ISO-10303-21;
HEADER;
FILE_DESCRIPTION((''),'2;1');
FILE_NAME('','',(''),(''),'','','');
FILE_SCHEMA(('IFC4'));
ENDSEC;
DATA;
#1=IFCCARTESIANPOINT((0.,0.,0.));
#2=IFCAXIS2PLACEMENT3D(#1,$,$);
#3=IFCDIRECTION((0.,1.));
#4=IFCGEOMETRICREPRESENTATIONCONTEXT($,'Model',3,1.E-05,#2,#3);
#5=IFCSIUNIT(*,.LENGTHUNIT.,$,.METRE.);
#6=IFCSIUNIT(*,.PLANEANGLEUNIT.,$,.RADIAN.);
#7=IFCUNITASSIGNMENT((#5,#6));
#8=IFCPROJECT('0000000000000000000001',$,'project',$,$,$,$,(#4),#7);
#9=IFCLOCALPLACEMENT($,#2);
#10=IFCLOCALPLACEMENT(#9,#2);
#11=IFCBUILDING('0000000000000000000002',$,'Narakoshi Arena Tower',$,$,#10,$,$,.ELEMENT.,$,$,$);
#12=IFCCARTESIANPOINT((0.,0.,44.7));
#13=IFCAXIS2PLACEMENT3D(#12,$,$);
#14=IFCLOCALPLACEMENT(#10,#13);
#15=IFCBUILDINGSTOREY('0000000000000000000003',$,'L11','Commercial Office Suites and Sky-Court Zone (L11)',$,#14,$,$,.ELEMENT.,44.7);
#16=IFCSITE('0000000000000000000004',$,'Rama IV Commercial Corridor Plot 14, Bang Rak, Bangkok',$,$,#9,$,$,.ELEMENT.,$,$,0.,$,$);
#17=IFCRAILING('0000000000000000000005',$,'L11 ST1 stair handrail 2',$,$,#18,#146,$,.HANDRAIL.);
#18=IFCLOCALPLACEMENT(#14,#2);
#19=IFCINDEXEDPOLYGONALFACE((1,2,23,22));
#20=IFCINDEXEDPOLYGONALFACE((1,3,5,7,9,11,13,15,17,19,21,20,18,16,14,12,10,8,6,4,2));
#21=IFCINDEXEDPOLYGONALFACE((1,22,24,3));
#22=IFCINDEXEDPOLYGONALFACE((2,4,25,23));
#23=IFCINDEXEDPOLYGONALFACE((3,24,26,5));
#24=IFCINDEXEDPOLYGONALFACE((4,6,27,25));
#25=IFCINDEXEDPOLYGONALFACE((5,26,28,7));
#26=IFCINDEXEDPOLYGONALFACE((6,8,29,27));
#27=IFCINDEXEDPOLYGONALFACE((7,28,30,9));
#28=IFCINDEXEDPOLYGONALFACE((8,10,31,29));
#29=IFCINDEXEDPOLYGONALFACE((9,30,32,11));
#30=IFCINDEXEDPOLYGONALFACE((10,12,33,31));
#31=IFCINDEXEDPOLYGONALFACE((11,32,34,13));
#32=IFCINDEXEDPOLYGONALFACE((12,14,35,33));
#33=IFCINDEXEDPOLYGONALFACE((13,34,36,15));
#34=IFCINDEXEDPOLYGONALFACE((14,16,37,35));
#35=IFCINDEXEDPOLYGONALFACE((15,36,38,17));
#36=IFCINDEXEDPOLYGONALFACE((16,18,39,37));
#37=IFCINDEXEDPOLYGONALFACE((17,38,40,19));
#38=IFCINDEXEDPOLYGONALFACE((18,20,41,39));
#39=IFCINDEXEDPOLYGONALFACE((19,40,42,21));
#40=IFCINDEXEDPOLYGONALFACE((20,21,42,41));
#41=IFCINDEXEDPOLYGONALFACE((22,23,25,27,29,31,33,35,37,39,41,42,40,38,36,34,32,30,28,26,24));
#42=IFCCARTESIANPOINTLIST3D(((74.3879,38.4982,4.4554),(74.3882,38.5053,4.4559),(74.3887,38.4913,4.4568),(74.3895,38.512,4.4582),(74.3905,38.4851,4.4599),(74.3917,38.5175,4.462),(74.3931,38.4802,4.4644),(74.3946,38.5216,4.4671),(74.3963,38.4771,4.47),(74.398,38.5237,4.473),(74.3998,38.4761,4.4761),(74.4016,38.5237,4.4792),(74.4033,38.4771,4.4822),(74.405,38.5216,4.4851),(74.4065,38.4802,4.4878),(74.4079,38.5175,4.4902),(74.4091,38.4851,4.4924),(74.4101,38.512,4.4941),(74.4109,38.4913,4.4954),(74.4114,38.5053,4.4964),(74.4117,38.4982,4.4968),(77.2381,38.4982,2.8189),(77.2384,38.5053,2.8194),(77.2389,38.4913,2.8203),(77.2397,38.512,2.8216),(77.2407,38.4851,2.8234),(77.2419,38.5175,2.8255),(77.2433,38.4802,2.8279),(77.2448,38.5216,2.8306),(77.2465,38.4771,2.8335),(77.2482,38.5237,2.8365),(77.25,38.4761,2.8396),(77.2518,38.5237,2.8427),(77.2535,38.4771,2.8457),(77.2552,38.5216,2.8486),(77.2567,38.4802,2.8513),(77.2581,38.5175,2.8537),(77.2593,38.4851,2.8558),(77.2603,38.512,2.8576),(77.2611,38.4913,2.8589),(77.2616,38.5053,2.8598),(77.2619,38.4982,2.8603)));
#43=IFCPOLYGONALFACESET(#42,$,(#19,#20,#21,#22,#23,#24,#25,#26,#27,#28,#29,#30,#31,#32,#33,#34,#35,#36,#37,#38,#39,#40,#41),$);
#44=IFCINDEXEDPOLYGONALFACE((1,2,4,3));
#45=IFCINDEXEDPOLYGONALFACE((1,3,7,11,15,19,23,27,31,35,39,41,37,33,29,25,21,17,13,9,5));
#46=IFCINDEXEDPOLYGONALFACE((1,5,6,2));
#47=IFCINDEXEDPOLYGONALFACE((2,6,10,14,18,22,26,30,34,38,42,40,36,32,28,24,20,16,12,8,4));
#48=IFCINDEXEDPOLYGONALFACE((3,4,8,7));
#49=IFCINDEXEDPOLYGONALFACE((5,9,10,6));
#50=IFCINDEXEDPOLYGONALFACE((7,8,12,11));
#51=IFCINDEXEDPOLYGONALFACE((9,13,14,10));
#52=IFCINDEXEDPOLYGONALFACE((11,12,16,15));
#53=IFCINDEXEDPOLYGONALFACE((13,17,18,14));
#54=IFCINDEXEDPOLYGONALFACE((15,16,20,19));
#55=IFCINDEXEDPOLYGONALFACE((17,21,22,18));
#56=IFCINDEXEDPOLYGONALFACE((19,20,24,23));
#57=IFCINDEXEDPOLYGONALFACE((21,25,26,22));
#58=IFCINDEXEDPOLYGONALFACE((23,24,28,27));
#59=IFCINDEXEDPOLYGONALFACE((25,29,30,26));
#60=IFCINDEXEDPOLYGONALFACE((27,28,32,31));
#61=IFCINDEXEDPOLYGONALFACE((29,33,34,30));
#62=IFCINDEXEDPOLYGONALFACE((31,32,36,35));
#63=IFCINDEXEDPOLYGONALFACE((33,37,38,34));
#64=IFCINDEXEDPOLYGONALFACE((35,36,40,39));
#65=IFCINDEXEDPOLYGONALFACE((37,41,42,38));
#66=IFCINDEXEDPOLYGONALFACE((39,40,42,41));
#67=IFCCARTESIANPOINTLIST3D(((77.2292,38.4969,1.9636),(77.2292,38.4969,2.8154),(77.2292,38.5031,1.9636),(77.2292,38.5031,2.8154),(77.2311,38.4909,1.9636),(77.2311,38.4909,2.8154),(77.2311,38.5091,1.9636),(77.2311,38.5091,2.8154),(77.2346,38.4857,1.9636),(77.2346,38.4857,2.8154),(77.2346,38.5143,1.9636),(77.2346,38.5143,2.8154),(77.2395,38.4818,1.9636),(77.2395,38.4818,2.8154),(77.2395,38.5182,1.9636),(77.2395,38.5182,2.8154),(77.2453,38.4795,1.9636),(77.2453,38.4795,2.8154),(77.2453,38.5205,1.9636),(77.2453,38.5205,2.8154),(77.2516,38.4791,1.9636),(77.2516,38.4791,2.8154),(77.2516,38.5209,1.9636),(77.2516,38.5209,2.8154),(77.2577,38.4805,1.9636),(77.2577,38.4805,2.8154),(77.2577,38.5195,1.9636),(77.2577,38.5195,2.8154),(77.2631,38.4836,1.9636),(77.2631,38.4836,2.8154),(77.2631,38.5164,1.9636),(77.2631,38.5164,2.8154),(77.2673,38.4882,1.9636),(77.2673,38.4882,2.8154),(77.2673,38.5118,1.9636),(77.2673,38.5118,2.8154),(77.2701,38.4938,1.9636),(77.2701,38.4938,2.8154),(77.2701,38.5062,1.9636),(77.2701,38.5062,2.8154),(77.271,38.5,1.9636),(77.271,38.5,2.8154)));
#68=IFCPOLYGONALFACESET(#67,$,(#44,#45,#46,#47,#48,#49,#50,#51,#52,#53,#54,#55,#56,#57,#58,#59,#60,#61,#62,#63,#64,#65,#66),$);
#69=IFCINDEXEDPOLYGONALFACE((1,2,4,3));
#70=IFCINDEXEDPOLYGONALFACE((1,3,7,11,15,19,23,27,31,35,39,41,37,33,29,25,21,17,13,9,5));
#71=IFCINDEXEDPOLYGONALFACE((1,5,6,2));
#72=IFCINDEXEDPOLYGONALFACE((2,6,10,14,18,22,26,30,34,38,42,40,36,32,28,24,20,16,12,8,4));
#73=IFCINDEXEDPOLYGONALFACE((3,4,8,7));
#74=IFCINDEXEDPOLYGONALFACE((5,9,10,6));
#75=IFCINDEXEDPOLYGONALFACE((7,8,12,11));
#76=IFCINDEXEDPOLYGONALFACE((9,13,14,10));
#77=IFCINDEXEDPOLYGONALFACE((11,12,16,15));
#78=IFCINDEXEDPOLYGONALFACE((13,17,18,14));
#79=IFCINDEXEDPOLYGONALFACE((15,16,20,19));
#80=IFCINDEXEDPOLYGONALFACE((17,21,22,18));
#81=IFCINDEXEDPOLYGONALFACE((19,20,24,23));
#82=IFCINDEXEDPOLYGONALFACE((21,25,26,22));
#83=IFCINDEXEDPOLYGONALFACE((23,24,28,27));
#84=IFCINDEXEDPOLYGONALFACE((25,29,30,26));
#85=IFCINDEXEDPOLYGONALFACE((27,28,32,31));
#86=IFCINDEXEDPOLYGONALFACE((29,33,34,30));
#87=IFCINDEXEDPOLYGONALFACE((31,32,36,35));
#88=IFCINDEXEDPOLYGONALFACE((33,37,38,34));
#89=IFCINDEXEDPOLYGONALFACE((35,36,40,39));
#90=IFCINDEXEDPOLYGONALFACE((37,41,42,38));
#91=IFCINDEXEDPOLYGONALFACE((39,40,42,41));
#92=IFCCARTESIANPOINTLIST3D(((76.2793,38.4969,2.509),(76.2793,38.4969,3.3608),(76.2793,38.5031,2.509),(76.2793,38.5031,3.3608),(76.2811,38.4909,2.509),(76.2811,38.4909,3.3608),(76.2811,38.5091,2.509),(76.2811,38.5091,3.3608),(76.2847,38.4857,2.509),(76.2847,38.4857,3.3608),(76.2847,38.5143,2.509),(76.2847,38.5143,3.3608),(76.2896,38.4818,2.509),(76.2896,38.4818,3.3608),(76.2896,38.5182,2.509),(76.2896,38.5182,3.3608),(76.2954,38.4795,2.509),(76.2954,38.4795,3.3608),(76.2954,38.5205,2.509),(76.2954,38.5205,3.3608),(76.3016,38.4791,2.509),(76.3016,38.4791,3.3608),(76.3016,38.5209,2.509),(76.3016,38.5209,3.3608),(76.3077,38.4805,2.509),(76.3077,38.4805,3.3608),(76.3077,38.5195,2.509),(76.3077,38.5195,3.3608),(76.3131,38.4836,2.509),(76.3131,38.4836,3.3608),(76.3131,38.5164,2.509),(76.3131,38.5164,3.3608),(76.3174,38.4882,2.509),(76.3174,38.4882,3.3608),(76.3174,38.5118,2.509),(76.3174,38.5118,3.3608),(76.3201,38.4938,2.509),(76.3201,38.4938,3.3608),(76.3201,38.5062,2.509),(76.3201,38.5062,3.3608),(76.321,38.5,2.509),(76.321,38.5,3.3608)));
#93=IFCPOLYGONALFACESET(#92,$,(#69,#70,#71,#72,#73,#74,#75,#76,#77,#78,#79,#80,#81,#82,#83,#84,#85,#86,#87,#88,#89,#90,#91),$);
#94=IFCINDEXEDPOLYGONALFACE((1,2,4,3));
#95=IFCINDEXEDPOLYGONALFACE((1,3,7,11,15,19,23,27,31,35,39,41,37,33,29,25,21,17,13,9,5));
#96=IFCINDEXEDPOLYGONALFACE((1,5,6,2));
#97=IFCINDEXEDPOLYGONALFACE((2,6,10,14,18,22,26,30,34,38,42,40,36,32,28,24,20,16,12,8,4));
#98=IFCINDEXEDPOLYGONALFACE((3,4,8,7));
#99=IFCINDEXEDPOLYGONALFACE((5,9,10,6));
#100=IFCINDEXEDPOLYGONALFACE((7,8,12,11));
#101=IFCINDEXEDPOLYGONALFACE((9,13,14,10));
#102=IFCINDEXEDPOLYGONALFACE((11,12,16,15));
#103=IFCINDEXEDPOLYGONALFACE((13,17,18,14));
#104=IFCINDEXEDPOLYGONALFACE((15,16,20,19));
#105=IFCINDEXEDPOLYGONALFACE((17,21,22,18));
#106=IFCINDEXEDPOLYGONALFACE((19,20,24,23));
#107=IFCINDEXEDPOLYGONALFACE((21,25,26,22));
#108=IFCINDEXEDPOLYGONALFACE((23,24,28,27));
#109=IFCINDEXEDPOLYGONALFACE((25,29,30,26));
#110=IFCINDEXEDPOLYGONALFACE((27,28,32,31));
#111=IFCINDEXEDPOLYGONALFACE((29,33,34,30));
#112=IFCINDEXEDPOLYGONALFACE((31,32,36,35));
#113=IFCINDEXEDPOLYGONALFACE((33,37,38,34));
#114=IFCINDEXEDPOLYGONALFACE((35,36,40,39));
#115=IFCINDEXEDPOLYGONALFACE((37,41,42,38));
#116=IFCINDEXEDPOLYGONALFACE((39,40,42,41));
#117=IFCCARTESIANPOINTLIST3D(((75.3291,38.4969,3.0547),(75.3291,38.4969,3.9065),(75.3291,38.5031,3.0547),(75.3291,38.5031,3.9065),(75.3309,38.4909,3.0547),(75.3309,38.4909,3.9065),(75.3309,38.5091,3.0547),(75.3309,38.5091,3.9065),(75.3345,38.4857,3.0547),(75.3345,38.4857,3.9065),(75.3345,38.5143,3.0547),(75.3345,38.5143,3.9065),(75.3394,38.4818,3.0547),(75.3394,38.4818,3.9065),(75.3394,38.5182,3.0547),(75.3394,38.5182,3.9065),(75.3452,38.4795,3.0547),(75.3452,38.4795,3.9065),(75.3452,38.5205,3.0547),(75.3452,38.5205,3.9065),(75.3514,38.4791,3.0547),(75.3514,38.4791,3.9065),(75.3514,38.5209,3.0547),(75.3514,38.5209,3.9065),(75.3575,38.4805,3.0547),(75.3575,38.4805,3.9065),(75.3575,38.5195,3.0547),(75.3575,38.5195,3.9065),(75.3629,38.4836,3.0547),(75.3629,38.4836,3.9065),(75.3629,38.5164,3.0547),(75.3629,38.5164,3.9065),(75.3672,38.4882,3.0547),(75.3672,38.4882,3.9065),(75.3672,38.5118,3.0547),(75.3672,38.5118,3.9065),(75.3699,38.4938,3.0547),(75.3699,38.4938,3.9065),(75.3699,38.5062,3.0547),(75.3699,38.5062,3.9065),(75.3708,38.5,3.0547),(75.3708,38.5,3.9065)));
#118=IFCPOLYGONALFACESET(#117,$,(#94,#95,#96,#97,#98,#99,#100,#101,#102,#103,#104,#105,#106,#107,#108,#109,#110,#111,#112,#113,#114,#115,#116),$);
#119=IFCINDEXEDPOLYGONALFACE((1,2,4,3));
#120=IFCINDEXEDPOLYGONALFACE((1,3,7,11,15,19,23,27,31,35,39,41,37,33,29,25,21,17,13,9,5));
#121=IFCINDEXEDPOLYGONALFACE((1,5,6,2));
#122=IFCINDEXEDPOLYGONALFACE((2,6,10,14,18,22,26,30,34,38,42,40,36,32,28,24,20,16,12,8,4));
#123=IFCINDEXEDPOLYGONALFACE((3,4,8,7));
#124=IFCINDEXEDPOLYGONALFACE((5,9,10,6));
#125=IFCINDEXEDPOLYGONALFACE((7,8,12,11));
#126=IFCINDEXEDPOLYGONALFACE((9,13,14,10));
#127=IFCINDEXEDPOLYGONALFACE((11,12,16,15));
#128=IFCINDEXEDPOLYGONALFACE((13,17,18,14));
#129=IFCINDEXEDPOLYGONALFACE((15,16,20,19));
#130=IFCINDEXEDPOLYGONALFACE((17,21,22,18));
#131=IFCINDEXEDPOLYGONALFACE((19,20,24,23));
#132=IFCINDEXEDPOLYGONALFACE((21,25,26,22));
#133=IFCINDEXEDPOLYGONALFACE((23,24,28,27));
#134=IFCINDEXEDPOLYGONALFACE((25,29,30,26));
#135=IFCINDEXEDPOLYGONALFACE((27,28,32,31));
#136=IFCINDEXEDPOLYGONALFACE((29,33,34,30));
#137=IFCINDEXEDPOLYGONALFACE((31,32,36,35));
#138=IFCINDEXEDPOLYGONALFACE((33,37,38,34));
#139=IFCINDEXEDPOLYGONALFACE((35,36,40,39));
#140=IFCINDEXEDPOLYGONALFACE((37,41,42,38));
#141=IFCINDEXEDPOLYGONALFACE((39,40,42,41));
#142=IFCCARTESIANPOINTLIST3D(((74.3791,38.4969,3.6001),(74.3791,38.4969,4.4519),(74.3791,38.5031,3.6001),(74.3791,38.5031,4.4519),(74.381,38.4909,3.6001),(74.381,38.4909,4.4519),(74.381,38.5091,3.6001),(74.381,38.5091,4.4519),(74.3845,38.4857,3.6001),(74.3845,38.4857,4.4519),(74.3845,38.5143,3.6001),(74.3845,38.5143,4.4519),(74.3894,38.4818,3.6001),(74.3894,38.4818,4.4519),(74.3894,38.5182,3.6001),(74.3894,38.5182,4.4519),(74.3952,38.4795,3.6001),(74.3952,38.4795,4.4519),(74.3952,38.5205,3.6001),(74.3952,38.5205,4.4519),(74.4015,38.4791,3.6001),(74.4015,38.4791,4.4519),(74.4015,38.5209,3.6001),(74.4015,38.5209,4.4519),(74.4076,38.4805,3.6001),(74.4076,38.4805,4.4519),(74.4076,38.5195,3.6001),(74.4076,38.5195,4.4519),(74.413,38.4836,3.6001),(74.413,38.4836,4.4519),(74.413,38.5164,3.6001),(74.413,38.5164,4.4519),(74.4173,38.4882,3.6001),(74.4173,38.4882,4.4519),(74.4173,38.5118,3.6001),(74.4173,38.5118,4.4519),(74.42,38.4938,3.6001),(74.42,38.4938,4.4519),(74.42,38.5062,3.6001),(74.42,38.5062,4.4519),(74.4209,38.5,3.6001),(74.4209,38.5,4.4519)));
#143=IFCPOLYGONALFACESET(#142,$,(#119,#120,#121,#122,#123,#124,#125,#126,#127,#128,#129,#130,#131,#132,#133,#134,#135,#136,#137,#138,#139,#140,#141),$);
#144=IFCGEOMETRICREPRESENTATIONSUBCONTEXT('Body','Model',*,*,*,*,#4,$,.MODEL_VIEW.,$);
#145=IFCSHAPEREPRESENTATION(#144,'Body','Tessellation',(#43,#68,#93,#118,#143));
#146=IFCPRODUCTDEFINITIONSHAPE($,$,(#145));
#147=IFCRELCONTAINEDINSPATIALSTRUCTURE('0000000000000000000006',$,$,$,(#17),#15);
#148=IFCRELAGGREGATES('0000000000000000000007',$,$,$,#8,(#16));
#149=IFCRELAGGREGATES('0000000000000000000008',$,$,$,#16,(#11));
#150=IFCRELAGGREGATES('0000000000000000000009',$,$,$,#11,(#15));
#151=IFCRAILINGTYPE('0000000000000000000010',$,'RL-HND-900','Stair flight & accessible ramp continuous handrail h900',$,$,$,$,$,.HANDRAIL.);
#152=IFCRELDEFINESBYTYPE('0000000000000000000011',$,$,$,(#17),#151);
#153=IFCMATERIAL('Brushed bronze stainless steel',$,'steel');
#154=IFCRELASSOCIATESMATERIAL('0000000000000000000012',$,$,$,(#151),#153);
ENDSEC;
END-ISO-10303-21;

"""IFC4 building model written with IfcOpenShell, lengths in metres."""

from ifc_helpers import new_model, si_unit, direction, frame, origin, origin_2d, place, context, subcontext, project, spatial, circle, extrude, material, type_object, element, save


model = new_model("IFC4")

# Units and contexts
model_context = context("Model", 3, precision=1e-05, world=origin(), true_north=direction((0.0, 1.0)))
body_context = subcontext(model_context, "Body", "Model", "MODEL_VIEW")
ifc_project = project(units=[si_unit("LENGTHUNIT", "METRE"), si_unit("PLANEANGLEUNIT", "RADIAN")], contexts=[model_context])

# Site, building, storey
site_placement = place(None, origin())
site = spatial("IfcSite", under=ifc_project, at=site_placement, Name="Rama IV Commercial Corridor Plot 14, Bang Rak, Bangkok", CompositionType="ELEMENT", RefElevation=0.0)
building_placement = place(site_placement, origin())
building = spatial("IfcBuilding", under=site, at=building_placement, Name="Narakoshi Arena Tower", CompositionType="ELEMENT")
storey_placement = place(building_placement, frame((0.0, 0.0, 44.7)))
storey = spatial("IfcBuildingStorey", under=building, at=storey_placement, Name="L11", Description="Commercial Office Suites and Sky-Court Zone (L11)", CompositionType="ELEMENT", Elevation=44.7)

# Shared definitions
ifc_material_1 = material(Name="Brushed bronze stainless steel", Category="steel")

# Railing
railing_type_1 = type_object("IfcRailingType", Name="RL-HND-900", Description="Stair flight & accessible ramp continuous handrail h900", PredefinedType="HANDRAIL", material=ifc_material_1)
for number, where, name in (
    (1, (77.25, 38.5, 1.9636), "L11 ST1 stair handrail 2"),
):
    element("IfcRailing", number, at=place(storey_placement, frame(where)), inside=storey, type_object=railing_type_1, Name=name, PredefinedType="HANDRAIL", context=body_context, shape_type="SweptSolid", body=[
        extrude(circle(Radius=0.0239, at=origin_2d()), frame((0.0, 0.0, 0.876), z_axis=(-0.867213, 0.0, 0.497938), x_axis=(0.0, -1.0, 0.0)), (0.0, 0.0, 1.0), 3.2866),
        extrude(circle(Radius=0.021, at=origin_2d()), origin(), (0.0, 0.0, 1.0), 0.8518),
        extrude(circle(Radius=0.021, at=origin_2d()), frame((-0.95, 0.0, 0.5454)), (0.0, 0.0, 1.0), 0.8518),
        extrude(circle(Radius=0.021, at=origin_2d()), frame((-1.9001, 0.0, 1.0911)), (0.0, 0.0, 1.0), 0.8518),
        extrude(circle(Radius=0.021, at=origin_2d()), frame((-2.8501, 0.0, 1.6365)), (0.0, 0.0, 1.0), 0.8518),
    ])

save(model, "model.ifc")
